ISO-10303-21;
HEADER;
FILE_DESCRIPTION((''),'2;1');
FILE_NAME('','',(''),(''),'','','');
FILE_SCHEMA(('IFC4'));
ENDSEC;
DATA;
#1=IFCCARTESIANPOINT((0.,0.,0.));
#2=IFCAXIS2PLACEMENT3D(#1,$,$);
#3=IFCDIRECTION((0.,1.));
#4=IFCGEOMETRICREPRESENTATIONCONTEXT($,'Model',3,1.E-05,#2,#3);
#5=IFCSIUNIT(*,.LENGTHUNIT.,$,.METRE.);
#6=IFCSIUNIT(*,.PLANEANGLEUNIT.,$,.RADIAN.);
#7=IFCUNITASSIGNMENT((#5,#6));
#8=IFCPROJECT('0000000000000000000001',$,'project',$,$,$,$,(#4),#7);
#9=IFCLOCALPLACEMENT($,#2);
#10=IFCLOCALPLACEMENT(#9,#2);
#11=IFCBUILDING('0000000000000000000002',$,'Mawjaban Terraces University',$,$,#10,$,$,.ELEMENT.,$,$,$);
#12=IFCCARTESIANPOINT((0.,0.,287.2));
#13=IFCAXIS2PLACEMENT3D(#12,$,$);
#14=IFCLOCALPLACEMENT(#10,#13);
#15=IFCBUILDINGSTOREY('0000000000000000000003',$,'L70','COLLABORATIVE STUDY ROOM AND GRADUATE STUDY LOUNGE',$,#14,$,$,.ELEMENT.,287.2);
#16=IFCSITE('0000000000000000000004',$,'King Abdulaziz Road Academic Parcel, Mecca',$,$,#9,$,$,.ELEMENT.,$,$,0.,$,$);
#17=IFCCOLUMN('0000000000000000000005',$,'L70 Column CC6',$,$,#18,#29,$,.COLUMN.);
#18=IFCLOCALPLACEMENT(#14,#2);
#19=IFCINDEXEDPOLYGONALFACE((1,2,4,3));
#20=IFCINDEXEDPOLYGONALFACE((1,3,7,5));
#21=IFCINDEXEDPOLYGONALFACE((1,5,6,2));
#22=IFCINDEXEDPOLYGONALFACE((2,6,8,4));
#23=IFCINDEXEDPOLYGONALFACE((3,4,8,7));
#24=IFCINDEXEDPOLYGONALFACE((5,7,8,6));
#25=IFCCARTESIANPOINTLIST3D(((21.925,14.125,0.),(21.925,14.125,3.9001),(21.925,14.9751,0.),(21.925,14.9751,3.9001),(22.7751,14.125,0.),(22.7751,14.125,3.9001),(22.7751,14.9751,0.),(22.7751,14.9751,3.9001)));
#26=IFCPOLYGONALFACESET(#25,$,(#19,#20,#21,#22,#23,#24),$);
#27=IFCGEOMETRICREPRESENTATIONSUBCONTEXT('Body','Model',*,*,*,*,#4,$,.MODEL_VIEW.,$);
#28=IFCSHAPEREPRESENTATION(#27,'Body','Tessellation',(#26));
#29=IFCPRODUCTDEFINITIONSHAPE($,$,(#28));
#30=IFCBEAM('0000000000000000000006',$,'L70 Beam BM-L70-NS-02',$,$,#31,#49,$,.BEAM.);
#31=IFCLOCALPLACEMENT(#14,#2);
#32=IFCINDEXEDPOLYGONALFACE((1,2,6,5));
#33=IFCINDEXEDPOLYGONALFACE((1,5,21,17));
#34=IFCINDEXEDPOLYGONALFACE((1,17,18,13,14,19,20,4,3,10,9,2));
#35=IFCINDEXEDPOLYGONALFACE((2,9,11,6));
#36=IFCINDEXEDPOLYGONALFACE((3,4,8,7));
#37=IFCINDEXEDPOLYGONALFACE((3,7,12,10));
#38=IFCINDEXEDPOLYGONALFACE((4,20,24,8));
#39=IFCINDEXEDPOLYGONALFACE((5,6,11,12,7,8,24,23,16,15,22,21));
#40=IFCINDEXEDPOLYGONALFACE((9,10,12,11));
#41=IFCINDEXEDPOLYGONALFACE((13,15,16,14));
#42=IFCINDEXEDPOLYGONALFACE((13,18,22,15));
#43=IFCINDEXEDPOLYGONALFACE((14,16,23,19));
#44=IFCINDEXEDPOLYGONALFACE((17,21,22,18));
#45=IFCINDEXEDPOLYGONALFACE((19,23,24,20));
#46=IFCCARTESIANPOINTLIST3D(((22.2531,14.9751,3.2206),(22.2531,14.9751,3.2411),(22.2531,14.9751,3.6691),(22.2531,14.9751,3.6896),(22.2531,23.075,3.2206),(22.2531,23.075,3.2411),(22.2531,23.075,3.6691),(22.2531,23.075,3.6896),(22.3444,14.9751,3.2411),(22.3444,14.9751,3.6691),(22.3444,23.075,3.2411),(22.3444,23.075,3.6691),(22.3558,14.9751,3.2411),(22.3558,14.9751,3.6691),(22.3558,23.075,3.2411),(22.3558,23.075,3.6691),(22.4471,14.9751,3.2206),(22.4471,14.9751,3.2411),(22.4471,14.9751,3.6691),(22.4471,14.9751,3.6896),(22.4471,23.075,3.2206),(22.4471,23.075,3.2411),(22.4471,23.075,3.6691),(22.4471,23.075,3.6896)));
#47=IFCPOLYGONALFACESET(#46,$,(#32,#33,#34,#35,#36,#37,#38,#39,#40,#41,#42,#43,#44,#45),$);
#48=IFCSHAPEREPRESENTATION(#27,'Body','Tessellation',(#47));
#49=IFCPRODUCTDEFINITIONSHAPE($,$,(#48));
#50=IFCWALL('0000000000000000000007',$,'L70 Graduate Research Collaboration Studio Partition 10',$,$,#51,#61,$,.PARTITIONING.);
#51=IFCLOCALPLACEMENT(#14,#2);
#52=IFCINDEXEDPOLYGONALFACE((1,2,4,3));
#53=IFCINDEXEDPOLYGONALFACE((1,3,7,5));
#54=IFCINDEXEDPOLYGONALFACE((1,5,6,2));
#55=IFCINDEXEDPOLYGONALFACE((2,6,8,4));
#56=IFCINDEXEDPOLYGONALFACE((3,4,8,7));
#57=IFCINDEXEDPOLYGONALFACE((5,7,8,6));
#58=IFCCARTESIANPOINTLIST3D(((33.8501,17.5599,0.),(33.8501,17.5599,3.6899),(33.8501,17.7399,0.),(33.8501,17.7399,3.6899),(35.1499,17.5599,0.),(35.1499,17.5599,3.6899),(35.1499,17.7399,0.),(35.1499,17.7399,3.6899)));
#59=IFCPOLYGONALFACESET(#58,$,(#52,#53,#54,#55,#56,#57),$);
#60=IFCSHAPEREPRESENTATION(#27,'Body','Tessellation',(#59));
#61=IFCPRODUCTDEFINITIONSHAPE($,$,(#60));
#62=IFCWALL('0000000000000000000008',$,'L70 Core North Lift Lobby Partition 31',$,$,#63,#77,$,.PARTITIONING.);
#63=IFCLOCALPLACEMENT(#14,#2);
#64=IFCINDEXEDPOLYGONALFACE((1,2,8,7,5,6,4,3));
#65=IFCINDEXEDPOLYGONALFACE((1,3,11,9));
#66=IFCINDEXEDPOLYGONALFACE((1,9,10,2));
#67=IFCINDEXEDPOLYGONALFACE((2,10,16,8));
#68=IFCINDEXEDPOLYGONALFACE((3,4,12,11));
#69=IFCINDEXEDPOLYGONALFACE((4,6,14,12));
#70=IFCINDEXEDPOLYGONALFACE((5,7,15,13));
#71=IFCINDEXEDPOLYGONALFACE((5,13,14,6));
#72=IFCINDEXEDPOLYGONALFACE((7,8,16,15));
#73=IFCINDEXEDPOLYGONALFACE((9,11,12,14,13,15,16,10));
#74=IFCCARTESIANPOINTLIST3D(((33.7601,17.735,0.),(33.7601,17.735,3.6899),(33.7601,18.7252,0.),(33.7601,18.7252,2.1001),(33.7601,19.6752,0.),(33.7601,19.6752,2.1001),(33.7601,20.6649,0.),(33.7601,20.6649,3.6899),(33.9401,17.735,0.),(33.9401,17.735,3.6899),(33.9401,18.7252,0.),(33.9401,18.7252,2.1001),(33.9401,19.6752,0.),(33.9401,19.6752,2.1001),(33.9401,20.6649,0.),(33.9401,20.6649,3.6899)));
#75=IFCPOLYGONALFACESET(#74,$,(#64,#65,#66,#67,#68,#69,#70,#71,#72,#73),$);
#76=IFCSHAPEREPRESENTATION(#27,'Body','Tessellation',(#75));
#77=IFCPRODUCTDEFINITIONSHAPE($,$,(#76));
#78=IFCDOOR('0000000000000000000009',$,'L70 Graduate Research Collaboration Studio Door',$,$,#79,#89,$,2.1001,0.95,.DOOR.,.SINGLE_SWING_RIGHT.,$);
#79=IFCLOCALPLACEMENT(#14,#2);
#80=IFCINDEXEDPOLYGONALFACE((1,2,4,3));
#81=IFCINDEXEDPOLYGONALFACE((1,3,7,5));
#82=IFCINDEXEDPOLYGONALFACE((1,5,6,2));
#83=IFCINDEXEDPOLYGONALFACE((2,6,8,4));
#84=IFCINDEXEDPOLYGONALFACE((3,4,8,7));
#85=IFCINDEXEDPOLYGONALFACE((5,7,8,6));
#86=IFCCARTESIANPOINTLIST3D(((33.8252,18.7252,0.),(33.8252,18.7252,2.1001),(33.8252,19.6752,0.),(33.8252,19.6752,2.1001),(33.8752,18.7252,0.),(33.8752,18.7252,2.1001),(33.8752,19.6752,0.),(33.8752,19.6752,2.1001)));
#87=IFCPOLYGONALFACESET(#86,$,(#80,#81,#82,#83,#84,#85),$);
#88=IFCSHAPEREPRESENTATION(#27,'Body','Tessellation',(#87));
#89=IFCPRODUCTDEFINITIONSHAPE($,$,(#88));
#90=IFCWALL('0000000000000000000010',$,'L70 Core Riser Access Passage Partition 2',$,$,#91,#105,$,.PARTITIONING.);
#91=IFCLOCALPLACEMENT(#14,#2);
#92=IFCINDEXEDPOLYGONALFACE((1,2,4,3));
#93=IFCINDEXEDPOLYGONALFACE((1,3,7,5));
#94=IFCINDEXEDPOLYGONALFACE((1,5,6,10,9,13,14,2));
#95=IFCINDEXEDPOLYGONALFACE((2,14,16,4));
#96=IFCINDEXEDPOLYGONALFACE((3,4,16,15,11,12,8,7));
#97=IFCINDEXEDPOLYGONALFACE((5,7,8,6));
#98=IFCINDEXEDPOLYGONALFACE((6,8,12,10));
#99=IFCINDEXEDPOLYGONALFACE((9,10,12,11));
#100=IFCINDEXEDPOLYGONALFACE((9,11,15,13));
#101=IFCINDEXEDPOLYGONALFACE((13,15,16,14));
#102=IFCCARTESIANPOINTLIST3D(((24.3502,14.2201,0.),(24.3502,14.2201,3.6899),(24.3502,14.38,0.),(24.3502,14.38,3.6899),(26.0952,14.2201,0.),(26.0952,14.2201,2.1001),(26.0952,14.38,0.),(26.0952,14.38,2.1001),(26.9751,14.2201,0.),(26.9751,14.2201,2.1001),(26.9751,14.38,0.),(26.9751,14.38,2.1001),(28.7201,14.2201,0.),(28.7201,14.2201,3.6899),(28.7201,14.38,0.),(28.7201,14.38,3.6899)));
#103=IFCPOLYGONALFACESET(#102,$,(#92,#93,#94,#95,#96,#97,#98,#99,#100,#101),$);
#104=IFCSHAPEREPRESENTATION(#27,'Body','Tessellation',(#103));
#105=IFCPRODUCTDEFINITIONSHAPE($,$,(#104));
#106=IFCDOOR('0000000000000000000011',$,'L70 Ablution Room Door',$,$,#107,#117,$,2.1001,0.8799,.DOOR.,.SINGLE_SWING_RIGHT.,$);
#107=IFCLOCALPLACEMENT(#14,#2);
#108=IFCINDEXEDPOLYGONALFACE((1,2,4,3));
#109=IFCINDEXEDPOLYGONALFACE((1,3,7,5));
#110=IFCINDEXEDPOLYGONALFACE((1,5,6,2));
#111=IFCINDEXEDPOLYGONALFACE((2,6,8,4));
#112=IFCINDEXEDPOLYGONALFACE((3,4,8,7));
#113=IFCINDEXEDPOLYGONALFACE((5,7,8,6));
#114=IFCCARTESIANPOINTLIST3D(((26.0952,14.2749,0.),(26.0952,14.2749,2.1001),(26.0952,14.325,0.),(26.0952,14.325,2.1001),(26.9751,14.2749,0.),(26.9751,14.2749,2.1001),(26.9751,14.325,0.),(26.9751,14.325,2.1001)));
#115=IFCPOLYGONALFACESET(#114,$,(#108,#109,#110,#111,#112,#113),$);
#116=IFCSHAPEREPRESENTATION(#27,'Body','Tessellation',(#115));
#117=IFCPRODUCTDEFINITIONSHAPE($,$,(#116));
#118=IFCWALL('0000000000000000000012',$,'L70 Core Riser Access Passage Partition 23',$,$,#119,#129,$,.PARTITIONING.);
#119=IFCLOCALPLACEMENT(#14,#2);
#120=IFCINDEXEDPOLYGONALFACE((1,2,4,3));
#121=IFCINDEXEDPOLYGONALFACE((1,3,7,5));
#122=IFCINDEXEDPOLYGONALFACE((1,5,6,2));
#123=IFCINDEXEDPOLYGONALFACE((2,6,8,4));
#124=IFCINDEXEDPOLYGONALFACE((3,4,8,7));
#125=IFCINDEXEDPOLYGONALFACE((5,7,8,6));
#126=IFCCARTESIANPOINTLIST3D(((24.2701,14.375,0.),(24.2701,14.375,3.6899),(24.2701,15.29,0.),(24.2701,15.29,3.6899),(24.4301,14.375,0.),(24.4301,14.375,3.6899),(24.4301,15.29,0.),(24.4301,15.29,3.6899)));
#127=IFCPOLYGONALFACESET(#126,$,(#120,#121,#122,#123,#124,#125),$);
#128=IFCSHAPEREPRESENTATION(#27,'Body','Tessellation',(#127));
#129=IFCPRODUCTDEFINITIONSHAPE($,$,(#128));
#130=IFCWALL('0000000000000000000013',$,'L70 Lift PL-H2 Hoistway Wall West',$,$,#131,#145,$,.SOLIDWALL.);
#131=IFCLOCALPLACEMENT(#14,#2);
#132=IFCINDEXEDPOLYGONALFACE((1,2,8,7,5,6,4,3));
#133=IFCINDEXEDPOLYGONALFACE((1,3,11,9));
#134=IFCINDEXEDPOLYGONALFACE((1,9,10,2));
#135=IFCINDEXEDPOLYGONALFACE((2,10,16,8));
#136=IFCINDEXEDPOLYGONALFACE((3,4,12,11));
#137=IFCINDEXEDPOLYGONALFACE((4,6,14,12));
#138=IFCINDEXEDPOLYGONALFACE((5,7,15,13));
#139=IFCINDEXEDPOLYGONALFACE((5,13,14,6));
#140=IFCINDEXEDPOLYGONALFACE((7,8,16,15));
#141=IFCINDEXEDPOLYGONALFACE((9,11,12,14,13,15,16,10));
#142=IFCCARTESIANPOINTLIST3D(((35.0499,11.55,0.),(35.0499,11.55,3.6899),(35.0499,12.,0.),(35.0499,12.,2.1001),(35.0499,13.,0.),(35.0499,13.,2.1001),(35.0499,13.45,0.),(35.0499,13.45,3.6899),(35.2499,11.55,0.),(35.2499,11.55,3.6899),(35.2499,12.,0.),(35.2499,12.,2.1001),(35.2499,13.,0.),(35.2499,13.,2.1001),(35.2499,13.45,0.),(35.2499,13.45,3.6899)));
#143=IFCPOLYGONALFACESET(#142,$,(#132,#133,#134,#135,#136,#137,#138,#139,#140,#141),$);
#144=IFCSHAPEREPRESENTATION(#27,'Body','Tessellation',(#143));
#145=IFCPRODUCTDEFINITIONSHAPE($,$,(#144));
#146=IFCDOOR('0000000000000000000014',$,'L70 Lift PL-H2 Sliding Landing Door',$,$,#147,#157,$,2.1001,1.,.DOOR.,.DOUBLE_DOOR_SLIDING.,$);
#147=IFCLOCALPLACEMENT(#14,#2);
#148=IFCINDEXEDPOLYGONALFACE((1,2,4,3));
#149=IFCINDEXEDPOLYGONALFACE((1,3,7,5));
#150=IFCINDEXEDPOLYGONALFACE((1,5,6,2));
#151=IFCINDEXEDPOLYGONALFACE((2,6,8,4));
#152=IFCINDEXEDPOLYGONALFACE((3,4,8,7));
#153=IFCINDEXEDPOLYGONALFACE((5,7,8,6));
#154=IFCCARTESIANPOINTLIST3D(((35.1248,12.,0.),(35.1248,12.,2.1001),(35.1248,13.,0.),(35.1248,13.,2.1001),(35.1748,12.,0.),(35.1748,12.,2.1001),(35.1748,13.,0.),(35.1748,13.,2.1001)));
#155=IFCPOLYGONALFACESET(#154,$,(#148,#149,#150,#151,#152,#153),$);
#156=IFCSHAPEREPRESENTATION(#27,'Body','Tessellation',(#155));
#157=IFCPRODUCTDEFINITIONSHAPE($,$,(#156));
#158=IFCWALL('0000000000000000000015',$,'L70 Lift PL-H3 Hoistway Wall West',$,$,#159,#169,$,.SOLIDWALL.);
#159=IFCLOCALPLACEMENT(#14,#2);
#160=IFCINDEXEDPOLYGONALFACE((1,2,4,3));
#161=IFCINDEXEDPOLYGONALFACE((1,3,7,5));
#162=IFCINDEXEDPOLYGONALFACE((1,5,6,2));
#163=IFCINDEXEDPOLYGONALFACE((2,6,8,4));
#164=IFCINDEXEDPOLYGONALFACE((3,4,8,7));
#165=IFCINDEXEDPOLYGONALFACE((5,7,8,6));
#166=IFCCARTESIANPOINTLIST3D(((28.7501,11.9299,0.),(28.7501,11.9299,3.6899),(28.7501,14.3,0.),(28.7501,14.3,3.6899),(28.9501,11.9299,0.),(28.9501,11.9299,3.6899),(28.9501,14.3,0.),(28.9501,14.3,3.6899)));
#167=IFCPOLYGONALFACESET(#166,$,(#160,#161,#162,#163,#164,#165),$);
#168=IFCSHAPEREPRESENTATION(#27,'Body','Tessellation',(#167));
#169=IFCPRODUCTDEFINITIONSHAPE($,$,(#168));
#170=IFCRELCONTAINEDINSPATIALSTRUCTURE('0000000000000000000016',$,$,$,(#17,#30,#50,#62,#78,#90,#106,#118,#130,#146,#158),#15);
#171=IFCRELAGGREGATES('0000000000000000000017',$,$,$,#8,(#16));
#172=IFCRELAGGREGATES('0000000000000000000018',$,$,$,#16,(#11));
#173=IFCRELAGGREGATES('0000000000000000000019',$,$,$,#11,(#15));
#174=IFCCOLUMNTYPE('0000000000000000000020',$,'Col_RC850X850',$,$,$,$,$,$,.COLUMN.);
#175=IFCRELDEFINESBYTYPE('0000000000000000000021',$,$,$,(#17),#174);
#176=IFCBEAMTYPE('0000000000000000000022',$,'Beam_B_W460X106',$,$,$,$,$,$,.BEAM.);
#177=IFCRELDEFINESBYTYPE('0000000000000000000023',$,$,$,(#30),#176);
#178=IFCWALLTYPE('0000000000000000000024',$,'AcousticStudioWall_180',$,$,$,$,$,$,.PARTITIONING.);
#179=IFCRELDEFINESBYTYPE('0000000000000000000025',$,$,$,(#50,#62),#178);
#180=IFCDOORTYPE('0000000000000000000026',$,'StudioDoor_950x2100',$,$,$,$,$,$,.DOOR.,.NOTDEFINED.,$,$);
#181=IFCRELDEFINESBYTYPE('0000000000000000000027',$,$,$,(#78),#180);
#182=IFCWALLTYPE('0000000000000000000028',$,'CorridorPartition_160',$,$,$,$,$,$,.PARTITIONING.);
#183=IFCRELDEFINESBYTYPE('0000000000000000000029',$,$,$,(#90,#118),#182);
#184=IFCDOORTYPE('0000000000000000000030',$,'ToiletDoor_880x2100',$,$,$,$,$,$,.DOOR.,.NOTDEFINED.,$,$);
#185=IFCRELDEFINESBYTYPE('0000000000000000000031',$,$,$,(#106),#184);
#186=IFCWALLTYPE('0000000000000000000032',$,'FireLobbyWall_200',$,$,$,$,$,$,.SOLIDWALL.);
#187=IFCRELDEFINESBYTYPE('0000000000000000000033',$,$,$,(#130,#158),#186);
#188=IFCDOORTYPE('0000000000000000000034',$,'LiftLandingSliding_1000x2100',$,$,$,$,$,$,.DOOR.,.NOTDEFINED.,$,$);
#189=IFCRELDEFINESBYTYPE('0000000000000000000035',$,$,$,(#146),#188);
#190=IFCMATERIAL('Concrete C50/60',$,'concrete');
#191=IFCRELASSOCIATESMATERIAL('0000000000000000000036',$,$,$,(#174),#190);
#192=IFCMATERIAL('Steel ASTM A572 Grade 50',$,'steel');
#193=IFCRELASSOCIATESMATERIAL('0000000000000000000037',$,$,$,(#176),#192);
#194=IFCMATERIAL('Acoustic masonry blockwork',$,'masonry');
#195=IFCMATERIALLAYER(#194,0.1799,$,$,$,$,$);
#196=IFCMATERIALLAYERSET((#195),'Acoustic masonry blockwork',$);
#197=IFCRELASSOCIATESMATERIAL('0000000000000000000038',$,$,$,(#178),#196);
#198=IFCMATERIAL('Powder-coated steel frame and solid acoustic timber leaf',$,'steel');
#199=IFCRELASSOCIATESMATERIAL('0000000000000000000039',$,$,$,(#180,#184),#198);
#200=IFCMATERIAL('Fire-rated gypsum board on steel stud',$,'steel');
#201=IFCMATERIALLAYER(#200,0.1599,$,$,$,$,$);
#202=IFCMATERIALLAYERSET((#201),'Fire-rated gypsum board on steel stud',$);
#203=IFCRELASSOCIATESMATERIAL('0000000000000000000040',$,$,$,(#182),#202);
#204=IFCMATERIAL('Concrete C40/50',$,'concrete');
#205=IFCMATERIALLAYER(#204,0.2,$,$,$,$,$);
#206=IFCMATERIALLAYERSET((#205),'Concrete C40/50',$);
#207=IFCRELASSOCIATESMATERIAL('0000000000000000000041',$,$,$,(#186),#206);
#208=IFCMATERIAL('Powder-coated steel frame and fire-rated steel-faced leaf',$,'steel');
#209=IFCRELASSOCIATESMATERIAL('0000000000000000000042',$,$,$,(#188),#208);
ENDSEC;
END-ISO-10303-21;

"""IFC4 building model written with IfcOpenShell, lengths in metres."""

from ifc_helpers import new_model, si_unit, direction, frame, frame_2d, origin, origin_2d, place, context, subcontext, project, spatial, rectangle, i_section, extrude, material, layer, layer_set, material_profile, profile_set, type_object, element, fill, save


model = new_model("IFC4")

# Units and contexts
model_context = context("Model", 3, precision=1e-05, world=origin(), true_north=direction((0.0, 1.0)))
body_context = subcontext(model_context, "Body", "Model", "MODEL_VIEW")
ifc_project = project(units=[si_unit("LENGTHUNIT", "METRE"), si_unit("PLANEANGLEUNIT", "RADIAN")], contexts=[model_context])

# Site, building, storey
site_placement = place(None, origin())
site = spatial("IfcSite", under=ifc_project, at=site_placement, Name="King Abdulaziz Road Academic Parcel, Mecca", CompositionType="ELEMENT", RefElevation=0.0)
building_placement = place(site_placement, origin())
building = spatial("IfcBuilding", under=site, at=building_placement, Name="Mawjaban Terraces University", CompositionType="ELEMENT")
storey_placement = place(building_placement, frame((0.0, 0.0, 287.2)))
storey = spatial("IfcBuildingStorey", under=building, at=storey_placement, Name="L70", Description="COLLABORATIVE STUDY ROOM AND GRADUATE STUDY LOUNGE", CompositionType="ELEMENT", Elevation=287.2)

# Column
ifc_material_1 = material(Name="Concrete C50/60", Category="concrete")
ifc_material_profile_1 = material_profile(ifc_material_1, rectangle(XDim=0.8501, YDim=0.8501, at=origin_2d()), Name="RC850X850")
ifc_profile_set_1 = profile_set([ifc_material_profile_1], Name="Concrete C50/60")
column_type = type_object("IfcColumnType", Name="Col_RC850X850", PredefinedType="COLUMN", material=ifc_profile_set_1)
column_placement = place(storey_placement, frame((22.3501, 14.55, 0.0), z_axis=(0.0, 0.0, 1.0), x_axis=(1.0, 0.0, 0.0)))
element("IfcColumn", 1, at=column_placement, inside=storey, type_object=column_type, Name="L70 Column CC6", PredefinedType="COLUMN", context=body_context, shape_type="SweptSolid", body=[
    extrude(rectangle(XDim=0.8501, YDim=0.8501, at=origin_2d()), origin(), (0.0, 0.0, 1.0), 3.9001),
])

# Beam
ifc_material_2 = material(Name="Steel ASTM A572 Grade 50", Category="steel")
ifc_material_profile_2 = material_profile(ifc_material_2, i_section(OverallWidth=0.1941, OverallDepth=0.469, WebThickness=0.0115, FlangeThickness=0.0205, at=origin_2d()), Name="W460X106")
ifc_profile_set_2 = profile_set([ifc_material_profile_2], Name="Steel ASTM A572 Grade 50")
beam_type = type_object("IfcBeamType", Name="Beam_B_W460X106", PredefinedType="BEAM", material=ifc_profile_set_2)
beam_placement = place(storey_placement, frame((22.3501, 14.9751, 3.4551), z_axis=(0.0, 1.0, 0.0), x_axis=(-1.0, 0.0, 0.0)))
element("IfcBeam", 2, at=beam_placement, inside=storey, type_object=beam_type, Name="L70 Beam BM-L70-NS-02", PredefinedType="BEAM", context=body_context, shape_type="SweptSolid", body=[
    extrude(i_section(OverallWidth=0.1941, OverallDepth=0.469, WebThickness=0.0115, FlangeThickness=0.0205, at=origin_2d()), origin(), (0.0, 0.0, 1.0), 8.0999),
])

# Wall
ifc_material_3 = material(Name="Acoustic masonry blockwork", Category="masonry")
ifc_layer_1 = layer(ifc_material_3, 0.1799)
ifc_layer_set_1 = layer_set([ifc_layer_1], Name="Acoustic masonry blockwork")
wall_type_1 = type_object("IfcWallType", Name="AcousticStudioWall_180", PredefinedType="PARTITIONING", material=ifc_layer_set_1)
wall_1_placement = place(storey_placement, frame((33.8501, 17.6499, 0.0), z_axis=(0.0, 0.0, 1.0), x_axis=(1.0, 0.0, 0.0)))
element("IfcWall", 3, at=wall_1_placement, inside=storey, type_object=wall_type_1, Name="L70 Graduate Research Collaboration Studio Partition 10", PredefinedType="PARTITIONING", context=body_context, shape_type="SweptSolid", body=[
    extrude(rectangle(XDim=1.2998, YDim=0.1799, at=frame_2d((0.6499, 0.0))), origin(), (0.0, 0.0, 1.0), 3.6899),
])

# Walls, openings, doors
wall_2_placement = place(storey_placement, frame((33.8501, 17.7351, 0.0), z_axis=(0.0, 0.0, 1.0), x_axis=(0.0, 1.0, 0.0)))
wall_2 = element("IfcWall", 4, at=wall_2_placement, inside=storey, type_object=wall_type_1, Name="L70 Core North Lift Lobby Partition 31", PredefinedType="PARTITIONING", context=body_context, shape_type="SweptSolid", body=[
    extrude(rectangle(XDim=2.9299, YDim=0.1799, at=frame_2d((1.4648, 0.0))), origin(), (0.0, 0.0, 1.0), 3.6899),
])
opening_1_placement = place(wall_2_placement, frame((0.99, 0.0, 0.0)))
opening_1 = element("IfcOpeningElement", 5, at=opening_1_placement, cuts=wall_2, PredefinedType="OPENING", context=body_context, shape_type="SweptSolid", body=[
    extrude(rectangle(XDim=0.95, YDim=2.1001, at=frame_2d((0.4751, 1.05))), frame((0.0, 0.0999, 0.0), z_axis=(0.0, -1.0, 0.0), x_axis=(1.0, 0.0, 0.0)), (0.0, 0.0, 1.0), 0.2),
])
ifc_material_4 = material(Name="Powder-coated steel frame and solid acoustic timber leaf", Category="steel")
door_type_1 = type_object("IfcDoorType", Name="StudioDoor_950x2100", OperationType="NOTDEFINED", PredefinedType="DOOR", material=ifc_material_4)
door_1_placement = place(opening_1_placement, origin())
door_1 = element("IfcDoor", 6, at=door_1_placement, inside=storey, type_object=door_type_1, Name="L70 Graduate Research Collaboration Studio Door", OperationType="SINGLE_SWING_RIGHT", OverallHeight=2.1001, OverallWidth=0.95, PredefinedType="DOOR", context=body_context, shape_type="SweptSolid", body=[
    extrude(rectangle(XDim=0.95, YDim=2.1001, at=frame_2d((0.4751, 1.05))), frame((0.0, 0.0249, 0.0), z_axis=(0.0, -1.0, 0.0), x_axis=(1.0, 0.0, 0.0)), (0.0, 0.0, 1.0), 0.05),
])
fill(opening_1, door_1)
ifc_material_5 = material(Name="Fire-rated gypsum board on steel stud", Category="steel")
ifc_layer_2 = layer(ifc_material_5, 0.1599)
ifc_layer_set_2 = layer_set([ifc_layer_2], Name="Fire-rated gypsum board on steel stud")
wall_type_2 = type_object("IfcWallType", Name="CorridorPartition_160", PredefinedType="PARTITIONING", material=ifc_layer_set_2)
wall_3_placement = place(storey_placement, frame((24.3501, 14.3, 0.0), z_axis=(0.0, 0.0, 1.0), x_axis=(1.0, 0.0, 0.0)))
wall_3 = element("IfcWall", 7, at=wall_3_placement, inside=storey, type_object=wall_type_2, Name="L70 Core Riser Access Passage Partition 2", PredefinedType="PARTITIONING", context=body_context, shape_type="SweptSolid", body=[
    extrude(rectangle(XDim=4.3699, YDim=0.1599, at=frame_2d((2.1851, 0.0))), origin(), (0.0, 0.0, 1.0), 3.6899),
])
opening_2_placement = place(wall_3_placement, frame((1.7451, 0.0, 0.0)))
opening_2 = element("IfcOpeningElement", 8, at=opening_2_placement, cuts=wall_3, PredefinedType="OPENING", context=body_context, shape_type="SweptSolid", body=[
    extrude(rectangle(XDim=0.8799, YDim=2.1001, at=frame_2d((0.4399, 1.05))), frame((0.0, 0.0898, 0.0), z_axis=(0.0, -1.0, 0.0), x_axis=(1.0, 0.0, 0.0)), (0.0, 0.0, 1.0), 0.1799),
])
door_type_2 = type_object("IfcDoorType", Name="ToiletDoor_880x2100", OperationType="NOTDEFINED", PredefinedType="DOOR", material=ifc_material_4)
door_2_placement = place(opening_2_placement, origin())
door_2 = element("IfcDoor", 9, at=door_2_placement, inside=storey, type_object=door_type_2, Name="L70 Ablution Room Door", OperationType="SINGLE_SWING_RIGHT", OverallHeight=2.1001, OverallWidth=0.8799, PredefinedType="DOOR", context=body_context, shape_type="SweptSolid", body=[
    extrude(rectangle(XDim=0.8799, YDim=2.1001, at=frame_2d((0.4399, 1.05))), frame((0.0, 0.0249, 0.0), z_axis=(0.0, -1.0, 0.0), x_axis=(1.0, 0.0, 0.0)), (0.0, 0.0, 1.0), 0.05),
])
fill(opening_2, door_2)

# Wall
wall_4_placement = place(storey_placement, frame((24.3501, 15.29, 0.0), z_axis=(0.0, 0.0, 1.0), x_axis=(0.0, -1.0, 0.0)))
element("IfcWall", 10, at=wall_4_placement, inside=storey, type_object=wall_type_2, Name="L70 Core Riser Access Passage Partition 23", PredefinedType="PARTITIONING", context=body_context, shape_type="SweptSolid", body=[
    extrude(rectangle(XDim=0.915, YDim=0.1599, at=frame_2d((0.4575, 0.0))), origin(), (0.0, 0.0, 1.0), 3.6899),
])

# Wall, opening, door
ifc_material_6 = material(Name="Concrete C40/50", Category="concrete")
ifc_layer_3 = layer(ifc_material_6, 0.2)
ifc_layer_set_3 = layer_set([ifc_layer_3], Name="Concrete C40/50")
wall_type_3 = type_object("IfcWallType", Name="FireLobbyWall_200", PredefinedType="SOLIDWALL", material=ifc_layer_set_3)
wall_5_placement = place(storey_placement, frame((35.1499, 13.45, 0.0), z_axis=(0.0, 0.0, 1.0), x_axis=(0.0, -1.0, 0.0)))
wall_5 = element("IfcWall", 11, at=wall_5_placement, inside=storey, type_object=wall_type_3, Name="L70 Lift PL-H2 Hoistway Wall West", PredefinedType="SOLIDWALL", context=body_context, shape_type="SweptSolid", body=[
    extrude(rectangle(XDim=1.8999, YDim=0.2, at=frame_2d((0.95, 0.0))), origin(), (0.0, 0.0, 1.0), 3.6899),
])
opening_3_placement = place(wall_5_placement, frame((0.45, 0.0, 0.0)))
opening_3 = element("IfcOpeningElement", 12, at=opening_3_placement, cuts=wall_5, PredefinedType="OPENING", context=body_context, shape_type="SweptSolid", body=[
    extrude(rectangle(XDim=1.0, YDim=2.1001, at=frame_2d((0.5, 1.05))), frame((0.0, 0.1099, 0.0), z_axis=(0.0, -1.0, 0.0), x_axis=(1.0, 0.0, 0.0)), (0.0, 0.0, 1.0), 0.22),
])
ifc_material_7 = material(Name="Powder-coated steel frame and fire-rated steel-faced leaf", Category="steel")
door_type_3 = type_object("IfcDoorType", Name="LiftLandingSliding_1000x2100", OperationType="NOTDEFINED", PredefinedType="DOOR", material=ifc_material_7)
door_3_placement = place(opening_3_placement, origin())
door_3 = element("IfcDoor", 13, at=door_3_placement, inside=storey, type_object=door_type_3, Name="L70 Lift PL-H2 Sliding Landing Door", OperationType="DOUBLE_DOOR_SLIDING", OverallHeight=2.1001, OverallWidth=1.0, PredefinedType="DOOR", context=body_context, shape_type="SweptSolid", body=[
    extrude(rectangle(XDim=1.0, YDim=2.1001, at=frame_2d((0.5, 1.05))), frame((0.0, 0.0249, 0.0), z_axis=(0.0, -1.0, 0.0), x_axis=(1.0, 0.0, 0.0)), (0.0, 0.0, 1.0), 0.05),
])
fill(opening_3, door_3)

# Wall
wall_6_placement = place(storey_placement, frame((28.8501, 14.3, 0.0), z_axis=(0.0, 0.0, 1.0), x_axis=(0.0, -1.0, 0.0)))
element("IfcWall", 14, at=wall_6_placement, inside=storey, type_object=wall_type_3, Name="L70 Lift PL-H3 Hoistway Wall West", PredefinedType="SOLIDWALL", context=body_context, shape_type="SweptSolid", body=[
    extrude(rectangle(XDim=2.3701, YDim=0.2, at=frame_2d((1.1851, 0.0))), origin(), (0.0, 0.0, 1.0), 3.6899),
])

save(model, "model.ifc")
